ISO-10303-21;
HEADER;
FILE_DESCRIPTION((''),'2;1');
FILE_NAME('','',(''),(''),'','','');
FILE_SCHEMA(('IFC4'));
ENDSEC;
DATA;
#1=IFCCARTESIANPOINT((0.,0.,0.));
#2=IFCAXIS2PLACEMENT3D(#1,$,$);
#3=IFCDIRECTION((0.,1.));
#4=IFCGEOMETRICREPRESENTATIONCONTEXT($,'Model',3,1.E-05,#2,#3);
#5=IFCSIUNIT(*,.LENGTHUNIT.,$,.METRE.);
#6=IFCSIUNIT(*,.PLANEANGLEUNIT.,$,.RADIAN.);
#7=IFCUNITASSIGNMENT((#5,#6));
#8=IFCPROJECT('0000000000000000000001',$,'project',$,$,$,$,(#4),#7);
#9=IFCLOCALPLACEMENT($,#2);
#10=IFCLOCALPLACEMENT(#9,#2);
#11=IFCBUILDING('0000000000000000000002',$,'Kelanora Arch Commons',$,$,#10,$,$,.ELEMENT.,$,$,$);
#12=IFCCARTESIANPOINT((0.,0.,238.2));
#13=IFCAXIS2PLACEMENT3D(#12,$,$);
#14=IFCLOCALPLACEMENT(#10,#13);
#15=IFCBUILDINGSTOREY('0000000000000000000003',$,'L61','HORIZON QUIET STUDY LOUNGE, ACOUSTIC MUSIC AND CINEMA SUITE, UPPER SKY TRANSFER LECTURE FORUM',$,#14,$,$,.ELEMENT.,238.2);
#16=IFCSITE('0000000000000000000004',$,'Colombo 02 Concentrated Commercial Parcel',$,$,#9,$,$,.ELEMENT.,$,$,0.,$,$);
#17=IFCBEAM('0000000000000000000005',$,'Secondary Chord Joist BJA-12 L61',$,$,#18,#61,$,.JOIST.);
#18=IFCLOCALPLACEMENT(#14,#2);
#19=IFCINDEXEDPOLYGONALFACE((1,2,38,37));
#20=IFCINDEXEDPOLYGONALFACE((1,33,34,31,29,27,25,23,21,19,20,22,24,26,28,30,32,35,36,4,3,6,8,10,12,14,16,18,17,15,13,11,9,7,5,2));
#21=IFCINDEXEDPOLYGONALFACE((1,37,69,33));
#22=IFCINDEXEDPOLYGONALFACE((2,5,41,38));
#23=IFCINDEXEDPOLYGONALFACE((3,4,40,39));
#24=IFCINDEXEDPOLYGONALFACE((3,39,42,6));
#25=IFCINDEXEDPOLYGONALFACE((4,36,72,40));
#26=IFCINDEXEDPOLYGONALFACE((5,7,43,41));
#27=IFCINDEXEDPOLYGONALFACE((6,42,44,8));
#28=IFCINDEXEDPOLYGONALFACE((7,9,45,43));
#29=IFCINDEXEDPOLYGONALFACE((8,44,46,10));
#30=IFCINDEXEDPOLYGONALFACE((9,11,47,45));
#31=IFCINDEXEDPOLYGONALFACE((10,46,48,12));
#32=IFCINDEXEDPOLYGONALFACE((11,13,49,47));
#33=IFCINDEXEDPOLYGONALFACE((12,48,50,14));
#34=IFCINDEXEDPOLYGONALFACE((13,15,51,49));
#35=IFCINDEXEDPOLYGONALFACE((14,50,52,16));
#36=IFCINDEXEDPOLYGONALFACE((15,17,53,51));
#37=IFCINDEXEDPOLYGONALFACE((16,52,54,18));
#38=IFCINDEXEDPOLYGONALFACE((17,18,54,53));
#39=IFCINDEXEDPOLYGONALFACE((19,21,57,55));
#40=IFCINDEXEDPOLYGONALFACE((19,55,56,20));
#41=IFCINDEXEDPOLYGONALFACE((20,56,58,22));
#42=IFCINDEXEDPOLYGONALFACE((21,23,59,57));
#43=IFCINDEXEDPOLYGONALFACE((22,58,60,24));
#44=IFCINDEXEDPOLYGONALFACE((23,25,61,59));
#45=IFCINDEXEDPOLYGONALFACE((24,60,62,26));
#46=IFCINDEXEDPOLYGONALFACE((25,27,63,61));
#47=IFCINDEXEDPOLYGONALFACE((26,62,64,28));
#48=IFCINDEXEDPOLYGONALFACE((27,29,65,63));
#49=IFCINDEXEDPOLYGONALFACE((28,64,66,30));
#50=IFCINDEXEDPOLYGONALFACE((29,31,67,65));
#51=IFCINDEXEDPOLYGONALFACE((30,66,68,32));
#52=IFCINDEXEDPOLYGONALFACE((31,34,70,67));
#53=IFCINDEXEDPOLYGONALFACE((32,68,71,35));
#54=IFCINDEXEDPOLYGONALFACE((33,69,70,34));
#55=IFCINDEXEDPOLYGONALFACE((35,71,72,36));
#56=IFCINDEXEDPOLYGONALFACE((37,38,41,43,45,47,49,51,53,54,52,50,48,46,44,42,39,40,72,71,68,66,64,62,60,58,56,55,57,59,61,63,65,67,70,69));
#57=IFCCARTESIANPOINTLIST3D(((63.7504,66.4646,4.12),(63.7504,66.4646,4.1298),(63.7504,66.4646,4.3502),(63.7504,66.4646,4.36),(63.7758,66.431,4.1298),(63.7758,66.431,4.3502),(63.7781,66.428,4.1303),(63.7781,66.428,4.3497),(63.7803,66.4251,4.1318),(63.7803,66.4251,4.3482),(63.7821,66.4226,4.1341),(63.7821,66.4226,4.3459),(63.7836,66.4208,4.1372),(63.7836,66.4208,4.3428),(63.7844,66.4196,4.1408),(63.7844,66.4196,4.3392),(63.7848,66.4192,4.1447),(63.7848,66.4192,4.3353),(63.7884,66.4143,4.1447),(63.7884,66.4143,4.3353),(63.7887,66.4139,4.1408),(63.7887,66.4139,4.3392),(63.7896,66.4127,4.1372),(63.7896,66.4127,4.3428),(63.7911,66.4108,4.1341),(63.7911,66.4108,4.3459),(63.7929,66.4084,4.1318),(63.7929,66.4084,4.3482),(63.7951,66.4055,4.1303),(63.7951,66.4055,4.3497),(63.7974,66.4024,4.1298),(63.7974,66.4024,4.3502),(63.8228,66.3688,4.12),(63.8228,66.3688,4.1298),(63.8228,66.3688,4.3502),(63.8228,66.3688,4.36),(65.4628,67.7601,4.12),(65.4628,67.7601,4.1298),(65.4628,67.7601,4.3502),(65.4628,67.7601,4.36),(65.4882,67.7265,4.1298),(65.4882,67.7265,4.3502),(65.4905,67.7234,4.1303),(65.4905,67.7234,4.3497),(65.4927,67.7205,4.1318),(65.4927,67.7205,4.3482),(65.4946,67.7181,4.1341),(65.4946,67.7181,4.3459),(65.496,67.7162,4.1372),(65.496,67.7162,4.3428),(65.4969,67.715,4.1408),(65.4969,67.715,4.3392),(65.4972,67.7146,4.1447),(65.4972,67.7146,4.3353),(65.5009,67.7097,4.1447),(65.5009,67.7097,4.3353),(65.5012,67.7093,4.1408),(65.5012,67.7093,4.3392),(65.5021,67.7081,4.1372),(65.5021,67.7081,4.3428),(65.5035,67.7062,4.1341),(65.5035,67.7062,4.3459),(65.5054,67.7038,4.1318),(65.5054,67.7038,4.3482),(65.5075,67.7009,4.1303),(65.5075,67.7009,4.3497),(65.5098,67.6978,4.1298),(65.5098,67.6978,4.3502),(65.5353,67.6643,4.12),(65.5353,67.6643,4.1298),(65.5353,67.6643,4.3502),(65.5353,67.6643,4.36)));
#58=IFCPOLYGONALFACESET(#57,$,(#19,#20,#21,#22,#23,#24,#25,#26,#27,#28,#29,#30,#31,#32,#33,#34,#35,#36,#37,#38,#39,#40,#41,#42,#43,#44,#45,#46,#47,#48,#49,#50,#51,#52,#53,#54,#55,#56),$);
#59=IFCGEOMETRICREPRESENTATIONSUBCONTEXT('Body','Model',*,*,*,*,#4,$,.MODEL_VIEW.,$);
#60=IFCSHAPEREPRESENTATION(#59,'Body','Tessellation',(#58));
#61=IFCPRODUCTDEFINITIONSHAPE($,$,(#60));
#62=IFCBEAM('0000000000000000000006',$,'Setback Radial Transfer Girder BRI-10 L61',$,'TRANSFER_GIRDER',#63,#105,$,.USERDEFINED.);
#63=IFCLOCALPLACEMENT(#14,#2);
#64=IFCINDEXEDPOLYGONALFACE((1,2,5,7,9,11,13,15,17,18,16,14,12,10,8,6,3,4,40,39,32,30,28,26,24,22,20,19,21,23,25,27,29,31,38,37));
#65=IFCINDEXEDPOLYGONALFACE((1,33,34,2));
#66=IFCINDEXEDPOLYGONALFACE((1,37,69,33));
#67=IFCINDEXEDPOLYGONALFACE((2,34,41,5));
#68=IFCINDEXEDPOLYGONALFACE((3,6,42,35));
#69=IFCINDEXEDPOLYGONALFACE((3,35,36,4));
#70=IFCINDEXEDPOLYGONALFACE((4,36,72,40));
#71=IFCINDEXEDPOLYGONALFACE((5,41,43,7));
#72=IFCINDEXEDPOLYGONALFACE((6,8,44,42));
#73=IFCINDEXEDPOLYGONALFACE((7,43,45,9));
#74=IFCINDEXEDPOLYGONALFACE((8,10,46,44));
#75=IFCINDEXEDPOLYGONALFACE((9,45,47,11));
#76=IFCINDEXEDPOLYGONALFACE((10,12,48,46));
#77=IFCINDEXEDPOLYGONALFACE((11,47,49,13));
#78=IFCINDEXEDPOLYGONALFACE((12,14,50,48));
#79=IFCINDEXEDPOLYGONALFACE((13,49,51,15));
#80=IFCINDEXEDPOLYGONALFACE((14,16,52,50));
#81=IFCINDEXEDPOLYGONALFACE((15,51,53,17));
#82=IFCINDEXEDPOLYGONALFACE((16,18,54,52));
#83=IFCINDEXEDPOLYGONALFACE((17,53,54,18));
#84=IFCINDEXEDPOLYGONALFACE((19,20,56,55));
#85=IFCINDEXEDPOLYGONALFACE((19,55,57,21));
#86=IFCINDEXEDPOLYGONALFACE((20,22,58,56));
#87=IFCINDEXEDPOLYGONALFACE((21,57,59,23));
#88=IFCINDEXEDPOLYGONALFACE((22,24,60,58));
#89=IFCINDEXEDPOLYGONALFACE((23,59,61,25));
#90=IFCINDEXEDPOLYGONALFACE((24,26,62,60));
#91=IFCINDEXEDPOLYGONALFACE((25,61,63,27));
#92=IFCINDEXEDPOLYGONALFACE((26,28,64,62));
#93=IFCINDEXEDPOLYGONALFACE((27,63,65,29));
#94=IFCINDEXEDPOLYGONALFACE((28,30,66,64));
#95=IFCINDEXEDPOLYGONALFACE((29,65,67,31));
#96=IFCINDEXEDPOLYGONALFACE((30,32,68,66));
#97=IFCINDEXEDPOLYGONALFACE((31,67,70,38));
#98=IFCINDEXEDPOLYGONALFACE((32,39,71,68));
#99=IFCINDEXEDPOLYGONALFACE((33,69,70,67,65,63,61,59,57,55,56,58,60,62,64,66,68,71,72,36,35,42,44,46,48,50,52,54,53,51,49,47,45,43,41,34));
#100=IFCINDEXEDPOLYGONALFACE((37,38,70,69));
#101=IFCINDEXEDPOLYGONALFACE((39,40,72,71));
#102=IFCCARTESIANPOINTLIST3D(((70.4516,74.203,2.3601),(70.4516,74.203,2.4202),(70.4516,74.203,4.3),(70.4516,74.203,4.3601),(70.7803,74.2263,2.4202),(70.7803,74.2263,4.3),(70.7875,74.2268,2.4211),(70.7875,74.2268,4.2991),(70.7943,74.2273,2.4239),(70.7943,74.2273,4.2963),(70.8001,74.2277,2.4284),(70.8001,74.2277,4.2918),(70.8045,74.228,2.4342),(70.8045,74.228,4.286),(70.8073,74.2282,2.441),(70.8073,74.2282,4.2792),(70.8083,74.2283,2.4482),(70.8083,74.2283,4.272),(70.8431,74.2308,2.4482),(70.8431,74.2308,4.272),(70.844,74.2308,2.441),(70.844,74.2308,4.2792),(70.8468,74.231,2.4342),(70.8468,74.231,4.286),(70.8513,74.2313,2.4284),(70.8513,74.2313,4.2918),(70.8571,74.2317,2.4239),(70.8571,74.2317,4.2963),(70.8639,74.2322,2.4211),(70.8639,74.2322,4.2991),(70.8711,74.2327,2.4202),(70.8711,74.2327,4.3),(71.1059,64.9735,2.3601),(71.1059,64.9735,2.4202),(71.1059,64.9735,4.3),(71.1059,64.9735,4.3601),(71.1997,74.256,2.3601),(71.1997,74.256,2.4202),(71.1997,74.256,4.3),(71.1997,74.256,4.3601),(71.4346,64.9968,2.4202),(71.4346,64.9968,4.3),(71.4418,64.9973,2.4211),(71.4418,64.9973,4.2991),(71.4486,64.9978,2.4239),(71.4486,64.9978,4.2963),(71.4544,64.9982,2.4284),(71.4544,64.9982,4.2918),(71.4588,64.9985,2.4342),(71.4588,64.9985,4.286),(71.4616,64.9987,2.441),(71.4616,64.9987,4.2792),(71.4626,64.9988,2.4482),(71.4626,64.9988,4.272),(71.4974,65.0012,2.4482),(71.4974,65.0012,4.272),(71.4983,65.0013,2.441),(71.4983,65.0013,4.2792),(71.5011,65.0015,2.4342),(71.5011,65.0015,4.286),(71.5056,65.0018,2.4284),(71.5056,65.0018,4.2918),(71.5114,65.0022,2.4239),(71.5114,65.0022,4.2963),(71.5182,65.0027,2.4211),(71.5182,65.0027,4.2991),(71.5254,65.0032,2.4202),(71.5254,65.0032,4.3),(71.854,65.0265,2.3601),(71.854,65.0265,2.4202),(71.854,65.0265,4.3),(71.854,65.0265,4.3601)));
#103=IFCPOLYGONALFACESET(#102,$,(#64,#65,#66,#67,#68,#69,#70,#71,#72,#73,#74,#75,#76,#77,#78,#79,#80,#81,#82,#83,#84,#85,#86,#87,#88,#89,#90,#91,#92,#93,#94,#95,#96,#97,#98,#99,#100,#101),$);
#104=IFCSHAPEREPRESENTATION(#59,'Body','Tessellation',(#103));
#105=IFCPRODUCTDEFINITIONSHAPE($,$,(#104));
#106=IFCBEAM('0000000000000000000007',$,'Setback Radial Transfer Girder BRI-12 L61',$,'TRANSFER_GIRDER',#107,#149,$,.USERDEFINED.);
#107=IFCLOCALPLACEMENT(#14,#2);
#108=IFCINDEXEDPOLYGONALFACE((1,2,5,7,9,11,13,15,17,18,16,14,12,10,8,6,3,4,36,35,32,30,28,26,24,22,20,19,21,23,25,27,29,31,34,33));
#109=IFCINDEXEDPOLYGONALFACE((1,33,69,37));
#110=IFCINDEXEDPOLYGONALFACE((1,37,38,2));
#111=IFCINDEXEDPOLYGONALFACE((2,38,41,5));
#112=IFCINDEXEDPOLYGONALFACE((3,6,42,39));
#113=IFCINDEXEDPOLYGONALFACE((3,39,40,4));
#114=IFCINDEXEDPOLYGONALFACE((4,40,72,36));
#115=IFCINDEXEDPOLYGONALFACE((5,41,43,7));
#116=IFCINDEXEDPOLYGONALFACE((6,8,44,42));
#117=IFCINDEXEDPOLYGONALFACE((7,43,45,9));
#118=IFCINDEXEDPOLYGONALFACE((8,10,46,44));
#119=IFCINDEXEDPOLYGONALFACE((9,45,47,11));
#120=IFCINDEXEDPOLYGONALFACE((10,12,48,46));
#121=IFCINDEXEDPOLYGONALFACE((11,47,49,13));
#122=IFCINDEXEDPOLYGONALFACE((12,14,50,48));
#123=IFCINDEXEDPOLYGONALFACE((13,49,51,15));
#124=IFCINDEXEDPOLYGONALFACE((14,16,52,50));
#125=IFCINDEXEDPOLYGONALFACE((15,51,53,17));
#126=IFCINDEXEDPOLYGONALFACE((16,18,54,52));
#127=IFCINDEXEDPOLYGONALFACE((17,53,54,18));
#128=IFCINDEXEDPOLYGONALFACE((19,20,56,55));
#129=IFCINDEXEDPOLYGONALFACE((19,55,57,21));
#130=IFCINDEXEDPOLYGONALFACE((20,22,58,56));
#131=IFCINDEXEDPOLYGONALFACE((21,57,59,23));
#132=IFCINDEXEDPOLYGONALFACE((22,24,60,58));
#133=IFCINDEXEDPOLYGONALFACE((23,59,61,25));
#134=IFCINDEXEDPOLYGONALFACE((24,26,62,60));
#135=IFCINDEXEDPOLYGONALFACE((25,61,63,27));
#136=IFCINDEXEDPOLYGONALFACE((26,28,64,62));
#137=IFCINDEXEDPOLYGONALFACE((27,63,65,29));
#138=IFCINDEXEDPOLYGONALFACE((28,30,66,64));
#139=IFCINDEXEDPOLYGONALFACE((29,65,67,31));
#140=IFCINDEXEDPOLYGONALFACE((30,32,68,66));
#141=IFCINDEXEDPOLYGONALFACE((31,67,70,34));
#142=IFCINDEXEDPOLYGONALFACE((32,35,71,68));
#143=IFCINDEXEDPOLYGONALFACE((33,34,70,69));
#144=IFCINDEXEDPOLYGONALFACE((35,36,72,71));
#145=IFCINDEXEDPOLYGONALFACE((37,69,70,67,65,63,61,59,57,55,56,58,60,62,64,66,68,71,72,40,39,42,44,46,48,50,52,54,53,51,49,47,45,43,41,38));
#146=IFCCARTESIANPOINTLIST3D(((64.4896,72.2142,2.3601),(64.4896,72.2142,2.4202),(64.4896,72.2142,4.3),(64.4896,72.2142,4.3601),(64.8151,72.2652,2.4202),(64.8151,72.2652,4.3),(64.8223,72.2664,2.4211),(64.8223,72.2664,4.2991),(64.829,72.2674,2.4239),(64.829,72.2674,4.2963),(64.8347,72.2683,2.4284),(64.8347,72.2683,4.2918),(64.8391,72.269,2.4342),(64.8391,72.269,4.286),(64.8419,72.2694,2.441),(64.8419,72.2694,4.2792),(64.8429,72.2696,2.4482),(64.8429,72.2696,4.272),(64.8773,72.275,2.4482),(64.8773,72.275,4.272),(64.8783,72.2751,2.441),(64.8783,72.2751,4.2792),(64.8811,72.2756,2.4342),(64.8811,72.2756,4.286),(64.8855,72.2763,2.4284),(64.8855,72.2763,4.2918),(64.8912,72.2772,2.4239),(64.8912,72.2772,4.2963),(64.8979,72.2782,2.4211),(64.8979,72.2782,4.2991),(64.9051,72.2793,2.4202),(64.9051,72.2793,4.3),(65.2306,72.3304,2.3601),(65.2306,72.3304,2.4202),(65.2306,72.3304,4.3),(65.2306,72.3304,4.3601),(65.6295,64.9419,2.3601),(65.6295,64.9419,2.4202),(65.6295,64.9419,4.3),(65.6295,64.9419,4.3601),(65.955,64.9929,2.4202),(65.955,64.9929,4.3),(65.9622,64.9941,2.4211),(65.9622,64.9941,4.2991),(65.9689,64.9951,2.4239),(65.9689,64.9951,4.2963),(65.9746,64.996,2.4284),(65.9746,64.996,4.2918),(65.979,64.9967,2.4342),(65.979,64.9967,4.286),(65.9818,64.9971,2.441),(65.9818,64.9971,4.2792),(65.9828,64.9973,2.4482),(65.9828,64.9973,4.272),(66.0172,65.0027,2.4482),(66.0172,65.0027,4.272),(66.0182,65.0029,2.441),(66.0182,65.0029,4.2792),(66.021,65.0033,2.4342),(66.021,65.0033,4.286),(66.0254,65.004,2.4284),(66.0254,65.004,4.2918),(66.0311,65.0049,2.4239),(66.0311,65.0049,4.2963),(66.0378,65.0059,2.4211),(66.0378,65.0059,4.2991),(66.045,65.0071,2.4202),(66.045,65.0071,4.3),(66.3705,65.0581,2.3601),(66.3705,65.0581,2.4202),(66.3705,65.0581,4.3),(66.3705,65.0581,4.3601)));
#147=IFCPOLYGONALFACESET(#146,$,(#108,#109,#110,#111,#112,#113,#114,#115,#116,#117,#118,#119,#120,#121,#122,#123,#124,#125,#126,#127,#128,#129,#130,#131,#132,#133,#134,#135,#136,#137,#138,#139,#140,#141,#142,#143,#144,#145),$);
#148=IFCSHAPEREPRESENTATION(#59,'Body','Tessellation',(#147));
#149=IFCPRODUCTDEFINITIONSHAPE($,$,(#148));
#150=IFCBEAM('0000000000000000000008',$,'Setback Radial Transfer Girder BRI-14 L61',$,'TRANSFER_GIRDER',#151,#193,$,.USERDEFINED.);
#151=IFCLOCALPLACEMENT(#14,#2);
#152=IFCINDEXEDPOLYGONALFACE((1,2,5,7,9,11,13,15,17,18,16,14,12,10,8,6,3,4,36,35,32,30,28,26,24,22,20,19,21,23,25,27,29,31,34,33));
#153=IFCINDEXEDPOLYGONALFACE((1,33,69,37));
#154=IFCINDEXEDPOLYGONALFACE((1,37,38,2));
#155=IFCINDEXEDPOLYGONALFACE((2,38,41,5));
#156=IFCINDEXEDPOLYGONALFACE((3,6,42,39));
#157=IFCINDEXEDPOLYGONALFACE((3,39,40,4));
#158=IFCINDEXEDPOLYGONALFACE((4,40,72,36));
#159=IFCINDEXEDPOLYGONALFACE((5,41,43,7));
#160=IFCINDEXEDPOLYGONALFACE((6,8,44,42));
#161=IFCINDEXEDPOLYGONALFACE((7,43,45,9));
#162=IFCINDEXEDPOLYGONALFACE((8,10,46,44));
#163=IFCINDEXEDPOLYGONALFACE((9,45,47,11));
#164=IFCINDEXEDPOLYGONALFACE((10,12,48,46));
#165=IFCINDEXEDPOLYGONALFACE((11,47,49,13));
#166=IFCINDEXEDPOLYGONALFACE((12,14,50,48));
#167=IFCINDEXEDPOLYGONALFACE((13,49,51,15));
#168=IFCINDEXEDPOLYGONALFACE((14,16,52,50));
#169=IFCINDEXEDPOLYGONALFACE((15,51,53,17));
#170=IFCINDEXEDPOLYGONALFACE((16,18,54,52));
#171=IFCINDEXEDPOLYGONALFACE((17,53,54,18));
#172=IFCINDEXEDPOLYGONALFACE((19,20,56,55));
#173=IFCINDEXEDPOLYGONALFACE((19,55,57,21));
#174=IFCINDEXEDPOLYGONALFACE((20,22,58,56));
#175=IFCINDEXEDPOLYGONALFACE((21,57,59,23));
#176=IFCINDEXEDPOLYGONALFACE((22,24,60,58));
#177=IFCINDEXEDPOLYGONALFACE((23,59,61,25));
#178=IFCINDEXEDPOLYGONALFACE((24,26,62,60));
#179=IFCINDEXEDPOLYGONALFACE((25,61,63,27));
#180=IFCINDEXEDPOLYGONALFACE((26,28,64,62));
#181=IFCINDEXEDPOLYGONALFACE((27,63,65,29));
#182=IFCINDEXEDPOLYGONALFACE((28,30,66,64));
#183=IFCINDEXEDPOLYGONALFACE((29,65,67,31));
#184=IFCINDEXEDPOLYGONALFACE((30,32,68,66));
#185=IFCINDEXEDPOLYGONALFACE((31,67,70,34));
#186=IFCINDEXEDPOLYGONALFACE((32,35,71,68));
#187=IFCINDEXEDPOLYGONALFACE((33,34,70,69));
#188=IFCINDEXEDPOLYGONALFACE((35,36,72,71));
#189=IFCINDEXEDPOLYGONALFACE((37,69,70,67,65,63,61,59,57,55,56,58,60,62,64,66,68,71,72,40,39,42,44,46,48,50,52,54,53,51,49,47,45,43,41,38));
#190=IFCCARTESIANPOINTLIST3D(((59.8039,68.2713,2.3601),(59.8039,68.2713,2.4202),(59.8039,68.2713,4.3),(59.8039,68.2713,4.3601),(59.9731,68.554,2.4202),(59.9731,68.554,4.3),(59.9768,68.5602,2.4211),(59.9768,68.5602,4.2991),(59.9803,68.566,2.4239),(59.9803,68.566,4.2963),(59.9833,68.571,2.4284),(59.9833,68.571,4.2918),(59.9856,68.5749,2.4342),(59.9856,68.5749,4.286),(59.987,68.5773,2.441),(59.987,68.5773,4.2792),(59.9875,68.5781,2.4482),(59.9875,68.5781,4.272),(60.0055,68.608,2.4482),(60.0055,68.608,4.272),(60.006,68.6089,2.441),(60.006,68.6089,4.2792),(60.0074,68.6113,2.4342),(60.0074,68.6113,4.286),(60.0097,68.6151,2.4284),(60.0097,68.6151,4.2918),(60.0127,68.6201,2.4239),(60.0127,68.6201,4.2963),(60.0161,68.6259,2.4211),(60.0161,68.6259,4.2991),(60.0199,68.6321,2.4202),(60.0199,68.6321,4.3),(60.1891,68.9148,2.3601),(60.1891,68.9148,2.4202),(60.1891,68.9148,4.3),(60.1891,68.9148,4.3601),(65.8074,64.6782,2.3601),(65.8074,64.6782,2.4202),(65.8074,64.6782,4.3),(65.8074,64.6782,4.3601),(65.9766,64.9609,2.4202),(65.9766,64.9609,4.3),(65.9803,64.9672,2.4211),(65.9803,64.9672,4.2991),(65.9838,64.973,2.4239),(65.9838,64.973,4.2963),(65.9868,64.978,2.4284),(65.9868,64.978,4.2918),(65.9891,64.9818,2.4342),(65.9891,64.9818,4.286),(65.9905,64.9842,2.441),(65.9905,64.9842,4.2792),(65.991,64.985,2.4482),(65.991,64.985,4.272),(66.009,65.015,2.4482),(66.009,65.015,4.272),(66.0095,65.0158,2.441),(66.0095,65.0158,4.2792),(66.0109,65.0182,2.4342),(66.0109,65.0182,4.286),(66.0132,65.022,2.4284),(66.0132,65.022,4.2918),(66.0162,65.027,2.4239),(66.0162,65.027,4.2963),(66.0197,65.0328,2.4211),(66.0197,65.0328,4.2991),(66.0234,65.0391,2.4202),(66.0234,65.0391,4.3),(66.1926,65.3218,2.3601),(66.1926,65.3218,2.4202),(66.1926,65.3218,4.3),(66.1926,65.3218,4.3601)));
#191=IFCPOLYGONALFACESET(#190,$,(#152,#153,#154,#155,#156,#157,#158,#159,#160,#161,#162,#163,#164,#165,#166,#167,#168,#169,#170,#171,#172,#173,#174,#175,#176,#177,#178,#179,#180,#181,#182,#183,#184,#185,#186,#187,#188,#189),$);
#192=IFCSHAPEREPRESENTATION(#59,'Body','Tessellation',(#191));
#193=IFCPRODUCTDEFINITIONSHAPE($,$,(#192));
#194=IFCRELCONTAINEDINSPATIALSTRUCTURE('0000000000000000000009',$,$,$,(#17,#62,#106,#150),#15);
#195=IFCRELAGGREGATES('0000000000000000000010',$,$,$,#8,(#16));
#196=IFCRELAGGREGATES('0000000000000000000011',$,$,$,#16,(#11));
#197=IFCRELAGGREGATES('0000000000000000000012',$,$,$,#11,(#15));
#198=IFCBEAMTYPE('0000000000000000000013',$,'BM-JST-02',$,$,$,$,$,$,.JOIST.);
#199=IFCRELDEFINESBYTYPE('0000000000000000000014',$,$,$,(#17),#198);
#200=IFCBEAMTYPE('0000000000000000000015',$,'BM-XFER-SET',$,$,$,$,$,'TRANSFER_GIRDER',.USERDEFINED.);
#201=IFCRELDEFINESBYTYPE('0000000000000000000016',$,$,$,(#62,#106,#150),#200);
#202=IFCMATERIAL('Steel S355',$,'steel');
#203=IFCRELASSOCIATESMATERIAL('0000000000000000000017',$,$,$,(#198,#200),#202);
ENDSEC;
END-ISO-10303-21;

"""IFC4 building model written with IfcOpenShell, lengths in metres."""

from ifc_helpers import new_model, si_unit, direction, frame, origin, origin_2d, place, context, subcontext, project, spatial, i_section, extrude, material, material_profile, profile_set, type_object, element, save


model = new_model("IFC4")

# Units and contexts
model_context = context("Model", 3, precision=1e-05, world=origin(), true_north=direction((0.0, 1.0)))
body_context = subcontext(model_context, "Body", "Model", "MODEL_VIEW")
ifc_project = project(units=[si_unit("LENGTHUNIT", "METRE"), si_unit("PLANEANGLEUNIT", "RADIAN")], contexts=[model_context])

# Site, building, storey
site_placement = place(None, origin())
site = spatial("IfcSite", under=ifc_project, at=site_placement, Name="Colombo 02 Concentrated Commercial Parcel", CompositionType="ELEMENT", RefElevation=0.0)
building_placement = place(site_placement, origin())
building = spatial("IfcBuilding", under=site, at=building_placement, Name="Kelanora Arch Commons", CompositionType="ELEMENT")
storey_placement = place(building_placement, frame((0.0, 0.0, 238.2)))
storey = spatial("IfcBuildingStorey", under=building, at=storey_placement, Name="L61", Description="HORIZON QUIET STUDY LOUNGE, ACOUSTIC MUSIC AND CINEMA SUITE, UPPER SKY TRANSFER LECTURE FORUM", CompositionType="ELEMENT", Elevation=238.2)

# Beams
ifc_material_1 = material(Name="Steel S355", Category="steel")
ifc_material_profile_1 = material_profile(ifc_material_1, i_section(OverallWidth=0.1201, OverallDepth=0.24, WebThickness=0.0061, FlangeThickness=0.0098, FilletRadius=0.0149, at=origin_2d()), Name="IPE240")
ifc_profile_set_1 = profile_set([ifc_material_profile_1], Name="Steel S355")
beam_type_1 = type_object("IfcBeamType", Name="BM-JST-02", PredefinedType="JOIST", material=ifc_profile_set_1)
beam_1_placement = place(storey_placement, frame((65.499, 67.7122, 4.24), z_axis=(-0.79751, -0.603306, 0.0), x_axis=(0.603306, -0.79751, 0.0)))
element("IfcBeam", 1, at=beam_1_placement, inside=storey, type_object=beam_type_1, Name="Secondary Chord Joist BJA-12 L61", PredefinedType="JOIST", context=body_context, shape_type="SweptSolid", body=[
    extrude(i_section(OverallWidth=0.1201, OverallDepth=0.24, WebThickness=0.0061, FlangeThickness=0.0098, FilletRadius=0.0149, at=origin_2d()), origin(), (0.0, 0.0, 1.0), 2.1472),
])
ifc_material_profile_2 = material_profile(ifc_material_1, i_section(OverallWidth=0.75, OverallDepth=2.0, WebThickness=0.0349, FlangeThickness=0.0601, FilletRadius=0.0281, at=origin_2d()), Name="PG2000x750")
ifc_profile_set_2 = profile_set([ifc_material_profile_2], Name="Steel S355")
beam_type_2 = type_object("IfcBeamType", Name="BM-XFER-SET", ElementType="TRANSFER_GIRDER", PredefinedType="USERDEFINED", material=ifc_profile_set_2)
beam_2_placement = place(storey_placement, frame((71.48, 65.0, 3.3601), z_axis=(-0.070714, 0.997497, 0.0), x_axis=(-0.997497, -0.070714, 0.0)))
element("IfcBeam", 2, at=beam_2_placement, inside=storey, type_object=beam_type_2, Name="Setback Radial Transfer Girder BRI-10 L61", ObjectType="TRANSFER_GIRDER", PredefinedType="USERDEFINED", context=body_context, shape_type="SweptSolid", body=[
    extrude(i_section(OverallWidth=0.75, OverallDepth=2.0, WebThickness=0.0349, FlangeThickness=0.0601, FilletRadius=0.0281, at=origin_2d()), origin(), (0.0, 0.0, 1.0), 9.2527),
])
beam_3_placement = place(storey_placement, frame((66.0, 65.0, 3.3601), z_axis=(-0.154855, 0.987937, 0.0), x_axis=(-0.987937, -0.154855, 0.0)))
element("IfcBeam", 3, at=beam_3_placement, inside=storey, type_object=beam_type_2, Name="Setback Radial Transfer Girder BRI-12 L61", ObjectType="TRANSFER_GIRDER", PredefinedType="USERDEFINED", context=body_context, shape_type="SweptSolid", body=[
    extrude(i_section(OverallWidth=0.75, OverallDepth=2.0, WebThickness=0.0349, FlangeThickness=0.0601, FilletRadius=0.0281, at=origin_2d()), origin(), (0.0, 0.0, 1.0), 7.3611),
])
beam_4_placement = place(storey_placement, frame((66.0, 65.0, 3.3601), z_axis=(-0.858062, 0.513546, 0.0), x_axis=(-0.513546, -0.858062, 0.0)))
element("IfcBeam", 4, at=beam_4_placement, inside=storey, type_object=beam_type_2, Name="Setback Radial Transfer Girder BRI-14 L61", ObjectType="TRANSFER_GIRDER", PredefinedType="USERDEFINED", context=body_context, shape_type="SweptSolid", body=[
    extrude(i_section(OverallWidth=0.75, OverallDepth=2.0, WebThickness=0.0349, FlangeThickness=0.0601, FilletRadius=0.0281, at=origin_2d()), origin(), (0.0, 0.0, 1.0), 6.9966),
])

save(model, "model.ifc")
